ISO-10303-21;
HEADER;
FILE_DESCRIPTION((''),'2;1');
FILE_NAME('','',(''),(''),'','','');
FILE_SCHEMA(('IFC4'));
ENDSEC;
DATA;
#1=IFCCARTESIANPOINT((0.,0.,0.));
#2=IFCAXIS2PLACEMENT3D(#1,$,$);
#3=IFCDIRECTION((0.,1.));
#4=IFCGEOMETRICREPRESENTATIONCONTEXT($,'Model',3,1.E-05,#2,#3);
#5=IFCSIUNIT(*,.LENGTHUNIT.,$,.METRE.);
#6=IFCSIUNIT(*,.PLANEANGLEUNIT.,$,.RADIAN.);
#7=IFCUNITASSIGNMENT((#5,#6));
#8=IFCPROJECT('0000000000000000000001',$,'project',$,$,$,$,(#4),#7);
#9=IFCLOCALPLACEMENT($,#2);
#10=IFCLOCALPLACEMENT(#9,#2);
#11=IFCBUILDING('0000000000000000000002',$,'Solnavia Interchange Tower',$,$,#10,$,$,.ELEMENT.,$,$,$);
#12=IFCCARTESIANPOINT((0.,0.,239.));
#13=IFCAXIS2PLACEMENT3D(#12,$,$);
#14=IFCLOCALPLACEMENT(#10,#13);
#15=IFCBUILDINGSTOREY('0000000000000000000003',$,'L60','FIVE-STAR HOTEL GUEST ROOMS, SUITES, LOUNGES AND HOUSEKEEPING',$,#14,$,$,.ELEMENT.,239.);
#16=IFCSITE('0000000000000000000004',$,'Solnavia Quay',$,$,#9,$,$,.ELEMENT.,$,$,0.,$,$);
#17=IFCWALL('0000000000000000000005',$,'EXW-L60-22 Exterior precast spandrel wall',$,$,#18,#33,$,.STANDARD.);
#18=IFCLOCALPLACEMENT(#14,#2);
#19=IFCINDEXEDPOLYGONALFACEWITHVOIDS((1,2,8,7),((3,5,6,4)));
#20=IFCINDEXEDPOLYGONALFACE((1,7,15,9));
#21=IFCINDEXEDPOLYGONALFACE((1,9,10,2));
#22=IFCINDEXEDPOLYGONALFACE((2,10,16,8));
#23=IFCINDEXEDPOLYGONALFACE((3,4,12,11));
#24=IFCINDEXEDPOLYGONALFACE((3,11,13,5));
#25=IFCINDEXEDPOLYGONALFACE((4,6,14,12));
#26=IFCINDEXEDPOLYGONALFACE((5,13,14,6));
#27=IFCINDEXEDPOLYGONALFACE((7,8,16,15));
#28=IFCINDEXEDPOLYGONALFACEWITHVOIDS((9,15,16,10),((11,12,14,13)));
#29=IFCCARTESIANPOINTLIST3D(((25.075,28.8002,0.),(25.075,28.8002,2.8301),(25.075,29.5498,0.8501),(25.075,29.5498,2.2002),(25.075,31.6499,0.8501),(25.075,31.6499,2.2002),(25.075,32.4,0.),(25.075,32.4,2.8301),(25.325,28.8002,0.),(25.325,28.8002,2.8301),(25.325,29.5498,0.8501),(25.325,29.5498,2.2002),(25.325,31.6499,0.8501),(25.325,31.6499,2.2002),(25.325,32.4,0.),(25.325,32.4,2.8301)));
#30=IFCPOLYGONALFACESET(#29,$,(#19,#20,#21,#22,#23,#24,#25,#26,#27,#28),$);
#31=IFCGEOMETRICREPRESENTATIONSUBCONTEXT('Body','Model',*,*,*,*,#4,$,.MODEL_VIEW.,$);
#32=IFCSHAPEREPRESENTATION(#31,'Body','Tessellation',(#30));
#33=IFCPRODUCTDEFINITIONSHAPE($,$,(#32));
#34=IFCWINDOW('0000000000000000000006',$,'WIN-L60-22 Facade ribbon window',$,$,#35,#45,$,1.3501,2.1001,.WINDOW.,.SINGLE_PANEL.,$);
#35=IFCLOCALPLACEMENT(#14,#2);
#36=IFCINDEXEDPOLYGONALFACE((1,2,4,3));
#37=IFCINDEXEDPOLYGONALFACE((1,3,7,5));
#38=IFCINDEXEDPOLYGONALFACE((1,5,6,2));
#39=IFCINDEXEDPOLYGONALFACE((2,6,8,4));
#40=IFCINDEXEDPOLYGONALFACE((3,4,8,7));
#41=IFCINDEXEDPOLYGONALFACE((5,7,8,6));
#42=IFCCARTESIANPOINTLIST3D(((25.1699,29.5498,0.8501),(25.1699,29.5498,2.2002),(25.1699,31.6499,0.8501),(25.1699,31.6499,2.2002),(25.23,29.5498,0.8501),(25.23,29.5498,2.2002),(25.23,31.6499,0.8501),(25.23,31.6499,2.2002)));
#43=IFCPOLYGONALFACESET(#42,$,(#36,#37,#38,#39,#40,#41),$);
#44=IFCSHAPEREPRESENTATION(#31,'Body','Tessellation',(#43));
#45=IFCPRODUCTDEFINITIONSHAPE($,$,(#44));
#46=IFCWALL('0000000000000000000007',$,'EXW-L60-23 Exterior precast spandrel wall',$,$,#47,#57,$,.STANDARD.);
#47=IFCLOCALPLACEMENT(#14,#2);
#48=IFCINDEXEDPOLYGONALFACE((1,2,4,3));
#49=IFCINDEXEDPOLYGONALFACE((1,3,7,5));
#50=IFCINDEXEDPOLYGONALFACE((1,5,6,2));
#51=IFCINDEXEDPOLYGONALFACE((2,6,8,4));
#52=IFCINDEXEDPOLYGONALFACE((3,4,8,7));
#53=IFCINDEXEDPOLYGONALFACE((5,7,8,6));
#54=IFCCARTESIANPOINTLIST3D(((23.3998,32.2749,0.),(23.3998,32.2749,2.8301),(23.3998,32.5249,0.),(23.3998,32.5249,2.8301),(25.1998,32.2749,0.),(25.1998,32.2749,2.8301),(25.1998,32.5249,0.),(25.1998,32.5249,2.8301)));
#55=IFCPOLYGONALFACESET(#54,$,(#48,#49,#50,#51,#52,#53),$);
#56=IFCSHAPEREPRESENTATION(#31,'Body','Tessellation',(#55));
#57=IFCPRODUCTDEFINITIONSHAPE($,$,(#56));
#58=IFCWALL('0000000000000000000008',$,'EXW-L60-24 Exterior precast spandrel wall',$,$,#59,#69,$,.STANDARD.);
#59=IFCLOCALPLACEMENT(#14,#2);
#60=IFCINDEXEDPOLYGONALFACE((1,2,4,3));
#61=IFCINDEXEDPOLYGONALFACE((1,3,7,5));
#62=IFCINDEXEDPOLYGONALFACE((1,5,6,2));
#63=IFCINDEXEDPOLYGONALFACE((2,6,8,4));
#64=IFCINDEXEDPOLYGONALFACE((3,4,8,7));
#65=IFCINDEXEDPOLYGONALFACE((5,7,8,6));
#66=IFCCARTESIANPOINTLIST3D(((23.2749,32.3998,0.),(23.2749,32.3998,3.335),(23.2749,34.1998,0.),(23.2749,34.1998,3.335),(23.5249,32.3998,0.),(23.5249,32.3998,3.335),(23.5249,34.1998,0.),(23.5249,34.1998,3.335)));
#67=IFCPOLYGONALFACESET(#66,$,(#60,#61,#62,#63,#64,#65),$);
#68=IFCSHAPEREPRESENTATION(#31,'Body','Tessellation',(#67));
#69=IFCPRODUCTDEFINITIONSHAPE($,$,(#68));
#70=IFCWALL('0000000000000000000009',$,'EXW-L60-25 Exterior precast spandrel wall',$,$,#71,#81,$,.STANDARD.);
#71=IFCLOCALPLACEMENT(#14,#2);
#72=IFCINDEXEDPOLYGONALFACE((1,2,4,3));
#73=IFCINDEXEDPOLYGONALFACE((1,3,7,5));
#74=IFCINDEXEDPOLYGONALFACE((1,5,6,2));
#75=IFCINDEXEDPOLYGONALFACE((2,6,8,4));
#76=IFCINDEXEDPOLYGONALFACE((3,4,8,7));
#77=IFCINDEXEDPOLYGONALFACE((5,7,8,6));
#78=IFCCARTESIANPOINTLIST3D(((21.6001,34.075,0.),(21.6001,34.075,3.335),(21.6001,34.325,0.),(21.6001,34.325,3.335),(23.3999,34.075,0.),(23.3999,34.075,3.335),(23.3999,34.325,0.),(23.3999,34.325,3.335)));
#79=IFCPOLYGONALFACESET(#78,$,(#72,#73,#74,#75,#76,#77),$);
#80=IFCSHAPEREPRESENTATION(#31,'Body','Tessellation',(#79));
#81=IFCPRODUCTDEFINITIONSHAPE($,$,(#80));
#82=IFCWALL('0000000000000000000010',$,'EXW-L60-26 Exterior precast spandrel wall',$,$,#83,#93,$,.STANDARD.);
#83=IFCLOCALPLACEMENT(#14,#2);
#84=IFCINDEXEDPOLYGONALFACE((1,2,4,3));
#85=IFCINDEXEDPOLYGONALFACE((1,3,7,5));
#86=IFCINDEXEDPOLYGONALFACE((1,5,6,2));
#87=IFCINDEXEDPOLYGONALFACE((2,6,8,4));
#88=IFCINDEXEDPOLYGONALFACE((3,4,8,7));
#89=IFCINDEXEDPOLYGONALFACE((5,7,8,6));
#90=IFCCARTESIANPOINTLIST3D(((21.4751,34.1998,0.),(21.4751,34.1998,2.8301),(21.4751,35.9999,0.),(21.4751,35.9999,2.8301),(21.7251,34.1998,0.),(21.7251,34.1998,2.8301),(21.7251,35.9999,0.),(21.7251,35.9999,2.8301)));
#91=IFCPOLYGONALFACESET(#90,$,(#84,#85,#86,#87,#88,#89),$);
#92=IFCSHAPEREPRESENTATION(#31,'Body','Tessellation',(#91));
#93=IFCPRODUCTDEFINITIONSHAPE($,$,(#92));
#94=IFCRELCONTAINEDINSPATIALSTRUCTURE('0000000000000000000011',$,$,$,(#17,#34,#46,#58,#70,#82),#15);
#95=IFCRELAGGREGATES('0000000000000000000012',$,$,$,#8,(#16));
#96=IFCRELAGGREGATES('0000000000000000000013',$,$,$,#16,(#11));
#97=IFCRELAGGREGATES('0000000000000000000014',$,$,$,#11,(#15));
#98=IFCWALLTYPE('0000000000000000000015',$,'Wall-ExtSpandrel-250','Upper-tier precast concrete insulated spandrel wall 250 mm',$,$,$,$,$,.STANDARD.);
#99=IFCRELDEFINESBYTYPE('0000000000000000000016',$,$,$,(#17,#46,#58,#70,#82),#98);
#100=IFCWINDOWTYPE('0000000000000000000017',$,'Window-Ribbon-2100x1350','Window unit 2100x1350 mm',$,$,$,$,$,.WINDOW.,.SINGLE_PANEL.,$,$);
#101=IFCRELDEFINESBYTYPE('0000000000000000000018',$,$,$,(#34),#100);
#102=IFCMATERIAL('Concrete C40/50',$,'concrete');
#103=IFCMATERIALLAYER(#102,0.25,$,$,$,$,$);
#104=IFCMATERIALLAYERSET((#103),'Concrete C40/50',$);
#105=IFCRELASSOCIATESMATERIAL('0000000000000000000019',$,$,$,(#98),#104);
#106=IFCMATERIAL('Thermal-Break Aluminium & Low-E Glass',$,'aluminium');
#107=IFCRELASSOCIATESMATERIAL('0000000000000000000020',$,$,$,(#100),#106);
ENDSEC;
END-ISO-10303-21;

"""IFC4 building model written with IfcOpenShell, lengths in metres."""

from ifc_helpers import new_model, si_unit, direction, frame, frame_2d, origin, place, context, subcontext, project, spatial, rectangle, extrude, material, layer, layer_set, type_object, element, fill, save


model = new_model("IFC4")

# Units and contexts
model_context = context("Model", 3, precision=1e-05, world=origin(), true_north=direction((0.0, 1.0)))
body_context = subcontext(model_context, "Body", "Model", "MODEL_VIEW")
ifc_project = project(units=[si_unit("LENGTHUNIT", "METRE"), si_unit("PLANEANGLEUNIT", "RADIAN")], contexts=[model_context])

# Site, building, storey
site_placement = place(None, origin())
site = spatial("IfcSite", under=ifc_project, at=site_placement, Name="Solnavia Quay", CompositionType="ELEMENT", RefElevation=0.0)
building_placement = place(site_placement, origin())
building = spatial("IfcBuilding", under=site, at=building_placement, Name="Solnavia Interchange Tower", CompositionType="ELEMENT")
storey_placement = place(building_placement, frame((0.0, 0.0, 239.0)))
storey = spatial("IfcBuildingStorey", under=building, at=storey_placement, Name="L60", Description="FIVE-STAR HOTEL GUEST ROOMS, SUITES, LOUNGES AND HOUSEKEEPING", CompositionType="ELEMENT", Elevation=239.0)

# Shared definitions
ifc_material_1 = material(Name="Concrete C40/50", Category="concrete")
ifc_layer = layer(ifc_material_1, 0.25)
ifc_layer_set = layer_set([ifc_layer], Name="Concrete C40/50")
wall_type = type_object("IfcWallType", Name="Wall-ExtSpandrel-250", Description="Upper-tier precast concrete insulated spandrel wall 250 mm", PredefinedType="STANDARD", material=ifc_layer_set)
ifc_material_2 = material(Name="Thermal-Break Aluminium & Low-E Glass", Category="aluminium")
window_type = type_object("IfcWindowType", Name="Window-Ribbon-2100x1350", Description="Window unit 2100x1350 mm", PartitioningType="SINGLE_PANEL", PredefinedType="WINDOW", material=ifc_material_2)

# Wall, opening, window
wall_1_placement = place(storey_placement, frame((25.2, 32.3999, 0.0), z_axis=(0.0, 0.0, 1.0), x_axis=(0.0, -1.0, 0.0)))
wall_1 = element("IfcWall", 1, at=wall_1_placement, inside=storey, type_object=wall_type, Name="EXW-L60-22 Exterior precast spandrel wall", PredefinedType="STANDARD", context=body_context, shape_type="SweptSolid", body=[
    extrude(rectangle(XDim=3.5999, YDim=0.25, at=frame_2d((1.7998, 0.0))), origin(), (0.0, 0.0, 1.0), 2.8301),
])
opening_1_placement = place(wall_1_placement, frame((0.75, 0.0, 0.8501)))
opening_1 = element("IfcOpeningElement", 2, at=opening_1_placement, cuts=wall_1, PredefinedType="OPENING", context=body_context, shape_type="SweptSolid", body=[
    extrude(rectangle(XDim=2.1001, YDim=1.3501, at=frame_2d((1.05, 0.675))), frame((0.0, 0.135, 0.0), z_axis=(0.0, -1.0, 0.0), x_axis=(1.0, 0.0, 0.0)), (0.0, 0.0, 1.0), 0.27),
])
window_1_placement = place(opening_1_placement, origin())
window_1 = element("IfcWindow", 3, at=window_1_placement, inside=storey, type_object=window_type, Name="WIN-L60-22 Facade ribbon window", OverallHeight=1.3501, OverallWidth=2.1001, PartitioningType="SINGLE_PANEL", PredefinedType="WINDOW", context=body_context, shape_type="SweptSolid", body=[
    extrude(rectangle(XDim=2.1001, YDim=1.3501, at=frame_2d((1.05, 0.675))), frame((0.0, 0.03, 0.0), z_axis=(0.0, -1.0, 0.0), x_axis=(1.0, 0.0, 0.0)), (0.0, 0.0, 1.0), 0.0601),
])
fill(opening_1, window_1)

# Walls
wall_2_placement = place(storey_placement, frame((23.3999, 32.3999, 0.0), z_axis=(0.0, 0.0, 1.0), x_axis=(1.0, 0.0, 0.0)))
element("IfcWall", 4, at=wall_2_placement, inside=storey, type_object=wall_type, Name="EXW-L60-23 Exterior precast spandrel wall", PredefinedType="STANDARD", context=body_context, shape_type="SweptSolid", body=[
    extrude(rectangle(XDim=1.8, YDim=0.25, at=frame_2d((0.8999, 0.0))), origin(), (0.0, 0.0, 1.0), 2.8301),
])
wall_3_placement = place(storey_placement, frame((23.3999, 32.3999, 0.0), z_axis=(0.0, 0.0, 1.0), x_axis=(0.0, 1.0, 0.0)))
element("IfcWall", 5, at=wall_3_placement, inside=storey, type_object=wall_type, Name="EXW-L60-24 Exterior precast spandrel wall", PredefinedType="STANDARD", context=body_context, shape_type="SweptSolid", body=[
    extrude(rectangle(XDim=1.8, YDim=0.25, at=frame_2d((0.8999, 0.0))), origin(), (0.0, 0.0, 1.0), 3.335),
])
wall_4_placement = place(storey_placement, frame((21.6001, 34.2, 0.0), z_axis=(0.0, 0.0, 1.0), x_axis=(1.0, 0.0, 0.0)))
element("IfcWall", 6, at=wall_4_placement, inside=storey, type_object=wall_type, Name="EXW-L60-25 Exterior precast spandrel wall", PredefinedType="STANDARD", context=body_context, shape_type="SweptSolid", body=[
    extrude(rectangle(XDim=1.7998, YDim=0.25, at=frame_2d((0.8999, 0.0))), origin(), (0.0, 0.0, 1.0), 3.335),
])
wall_5_placement = place(storey_placement, frame((21.6001, 34.2, 0.0), z_axis=(0.0, 0.0, 1.0), x_axis=(0.0, 1.0, 0.0)))
element("IfcWall", 7, at=wall_5_placement, inside=storey, type_object=wall_type, Name="EXW-L60-26 Exterior precast spandrel wall", PredefinedType="STANDARD", context=body_context, shape_type="SweptSolid", body=[
    extrude(rectangle(XDim=1.8, YDim=0.25, at=frame_2d((0.8999, 0.0))), origin(), (0.0, 0.0, 1.0), 2.8301),
])

save(model, "model.ifc")
